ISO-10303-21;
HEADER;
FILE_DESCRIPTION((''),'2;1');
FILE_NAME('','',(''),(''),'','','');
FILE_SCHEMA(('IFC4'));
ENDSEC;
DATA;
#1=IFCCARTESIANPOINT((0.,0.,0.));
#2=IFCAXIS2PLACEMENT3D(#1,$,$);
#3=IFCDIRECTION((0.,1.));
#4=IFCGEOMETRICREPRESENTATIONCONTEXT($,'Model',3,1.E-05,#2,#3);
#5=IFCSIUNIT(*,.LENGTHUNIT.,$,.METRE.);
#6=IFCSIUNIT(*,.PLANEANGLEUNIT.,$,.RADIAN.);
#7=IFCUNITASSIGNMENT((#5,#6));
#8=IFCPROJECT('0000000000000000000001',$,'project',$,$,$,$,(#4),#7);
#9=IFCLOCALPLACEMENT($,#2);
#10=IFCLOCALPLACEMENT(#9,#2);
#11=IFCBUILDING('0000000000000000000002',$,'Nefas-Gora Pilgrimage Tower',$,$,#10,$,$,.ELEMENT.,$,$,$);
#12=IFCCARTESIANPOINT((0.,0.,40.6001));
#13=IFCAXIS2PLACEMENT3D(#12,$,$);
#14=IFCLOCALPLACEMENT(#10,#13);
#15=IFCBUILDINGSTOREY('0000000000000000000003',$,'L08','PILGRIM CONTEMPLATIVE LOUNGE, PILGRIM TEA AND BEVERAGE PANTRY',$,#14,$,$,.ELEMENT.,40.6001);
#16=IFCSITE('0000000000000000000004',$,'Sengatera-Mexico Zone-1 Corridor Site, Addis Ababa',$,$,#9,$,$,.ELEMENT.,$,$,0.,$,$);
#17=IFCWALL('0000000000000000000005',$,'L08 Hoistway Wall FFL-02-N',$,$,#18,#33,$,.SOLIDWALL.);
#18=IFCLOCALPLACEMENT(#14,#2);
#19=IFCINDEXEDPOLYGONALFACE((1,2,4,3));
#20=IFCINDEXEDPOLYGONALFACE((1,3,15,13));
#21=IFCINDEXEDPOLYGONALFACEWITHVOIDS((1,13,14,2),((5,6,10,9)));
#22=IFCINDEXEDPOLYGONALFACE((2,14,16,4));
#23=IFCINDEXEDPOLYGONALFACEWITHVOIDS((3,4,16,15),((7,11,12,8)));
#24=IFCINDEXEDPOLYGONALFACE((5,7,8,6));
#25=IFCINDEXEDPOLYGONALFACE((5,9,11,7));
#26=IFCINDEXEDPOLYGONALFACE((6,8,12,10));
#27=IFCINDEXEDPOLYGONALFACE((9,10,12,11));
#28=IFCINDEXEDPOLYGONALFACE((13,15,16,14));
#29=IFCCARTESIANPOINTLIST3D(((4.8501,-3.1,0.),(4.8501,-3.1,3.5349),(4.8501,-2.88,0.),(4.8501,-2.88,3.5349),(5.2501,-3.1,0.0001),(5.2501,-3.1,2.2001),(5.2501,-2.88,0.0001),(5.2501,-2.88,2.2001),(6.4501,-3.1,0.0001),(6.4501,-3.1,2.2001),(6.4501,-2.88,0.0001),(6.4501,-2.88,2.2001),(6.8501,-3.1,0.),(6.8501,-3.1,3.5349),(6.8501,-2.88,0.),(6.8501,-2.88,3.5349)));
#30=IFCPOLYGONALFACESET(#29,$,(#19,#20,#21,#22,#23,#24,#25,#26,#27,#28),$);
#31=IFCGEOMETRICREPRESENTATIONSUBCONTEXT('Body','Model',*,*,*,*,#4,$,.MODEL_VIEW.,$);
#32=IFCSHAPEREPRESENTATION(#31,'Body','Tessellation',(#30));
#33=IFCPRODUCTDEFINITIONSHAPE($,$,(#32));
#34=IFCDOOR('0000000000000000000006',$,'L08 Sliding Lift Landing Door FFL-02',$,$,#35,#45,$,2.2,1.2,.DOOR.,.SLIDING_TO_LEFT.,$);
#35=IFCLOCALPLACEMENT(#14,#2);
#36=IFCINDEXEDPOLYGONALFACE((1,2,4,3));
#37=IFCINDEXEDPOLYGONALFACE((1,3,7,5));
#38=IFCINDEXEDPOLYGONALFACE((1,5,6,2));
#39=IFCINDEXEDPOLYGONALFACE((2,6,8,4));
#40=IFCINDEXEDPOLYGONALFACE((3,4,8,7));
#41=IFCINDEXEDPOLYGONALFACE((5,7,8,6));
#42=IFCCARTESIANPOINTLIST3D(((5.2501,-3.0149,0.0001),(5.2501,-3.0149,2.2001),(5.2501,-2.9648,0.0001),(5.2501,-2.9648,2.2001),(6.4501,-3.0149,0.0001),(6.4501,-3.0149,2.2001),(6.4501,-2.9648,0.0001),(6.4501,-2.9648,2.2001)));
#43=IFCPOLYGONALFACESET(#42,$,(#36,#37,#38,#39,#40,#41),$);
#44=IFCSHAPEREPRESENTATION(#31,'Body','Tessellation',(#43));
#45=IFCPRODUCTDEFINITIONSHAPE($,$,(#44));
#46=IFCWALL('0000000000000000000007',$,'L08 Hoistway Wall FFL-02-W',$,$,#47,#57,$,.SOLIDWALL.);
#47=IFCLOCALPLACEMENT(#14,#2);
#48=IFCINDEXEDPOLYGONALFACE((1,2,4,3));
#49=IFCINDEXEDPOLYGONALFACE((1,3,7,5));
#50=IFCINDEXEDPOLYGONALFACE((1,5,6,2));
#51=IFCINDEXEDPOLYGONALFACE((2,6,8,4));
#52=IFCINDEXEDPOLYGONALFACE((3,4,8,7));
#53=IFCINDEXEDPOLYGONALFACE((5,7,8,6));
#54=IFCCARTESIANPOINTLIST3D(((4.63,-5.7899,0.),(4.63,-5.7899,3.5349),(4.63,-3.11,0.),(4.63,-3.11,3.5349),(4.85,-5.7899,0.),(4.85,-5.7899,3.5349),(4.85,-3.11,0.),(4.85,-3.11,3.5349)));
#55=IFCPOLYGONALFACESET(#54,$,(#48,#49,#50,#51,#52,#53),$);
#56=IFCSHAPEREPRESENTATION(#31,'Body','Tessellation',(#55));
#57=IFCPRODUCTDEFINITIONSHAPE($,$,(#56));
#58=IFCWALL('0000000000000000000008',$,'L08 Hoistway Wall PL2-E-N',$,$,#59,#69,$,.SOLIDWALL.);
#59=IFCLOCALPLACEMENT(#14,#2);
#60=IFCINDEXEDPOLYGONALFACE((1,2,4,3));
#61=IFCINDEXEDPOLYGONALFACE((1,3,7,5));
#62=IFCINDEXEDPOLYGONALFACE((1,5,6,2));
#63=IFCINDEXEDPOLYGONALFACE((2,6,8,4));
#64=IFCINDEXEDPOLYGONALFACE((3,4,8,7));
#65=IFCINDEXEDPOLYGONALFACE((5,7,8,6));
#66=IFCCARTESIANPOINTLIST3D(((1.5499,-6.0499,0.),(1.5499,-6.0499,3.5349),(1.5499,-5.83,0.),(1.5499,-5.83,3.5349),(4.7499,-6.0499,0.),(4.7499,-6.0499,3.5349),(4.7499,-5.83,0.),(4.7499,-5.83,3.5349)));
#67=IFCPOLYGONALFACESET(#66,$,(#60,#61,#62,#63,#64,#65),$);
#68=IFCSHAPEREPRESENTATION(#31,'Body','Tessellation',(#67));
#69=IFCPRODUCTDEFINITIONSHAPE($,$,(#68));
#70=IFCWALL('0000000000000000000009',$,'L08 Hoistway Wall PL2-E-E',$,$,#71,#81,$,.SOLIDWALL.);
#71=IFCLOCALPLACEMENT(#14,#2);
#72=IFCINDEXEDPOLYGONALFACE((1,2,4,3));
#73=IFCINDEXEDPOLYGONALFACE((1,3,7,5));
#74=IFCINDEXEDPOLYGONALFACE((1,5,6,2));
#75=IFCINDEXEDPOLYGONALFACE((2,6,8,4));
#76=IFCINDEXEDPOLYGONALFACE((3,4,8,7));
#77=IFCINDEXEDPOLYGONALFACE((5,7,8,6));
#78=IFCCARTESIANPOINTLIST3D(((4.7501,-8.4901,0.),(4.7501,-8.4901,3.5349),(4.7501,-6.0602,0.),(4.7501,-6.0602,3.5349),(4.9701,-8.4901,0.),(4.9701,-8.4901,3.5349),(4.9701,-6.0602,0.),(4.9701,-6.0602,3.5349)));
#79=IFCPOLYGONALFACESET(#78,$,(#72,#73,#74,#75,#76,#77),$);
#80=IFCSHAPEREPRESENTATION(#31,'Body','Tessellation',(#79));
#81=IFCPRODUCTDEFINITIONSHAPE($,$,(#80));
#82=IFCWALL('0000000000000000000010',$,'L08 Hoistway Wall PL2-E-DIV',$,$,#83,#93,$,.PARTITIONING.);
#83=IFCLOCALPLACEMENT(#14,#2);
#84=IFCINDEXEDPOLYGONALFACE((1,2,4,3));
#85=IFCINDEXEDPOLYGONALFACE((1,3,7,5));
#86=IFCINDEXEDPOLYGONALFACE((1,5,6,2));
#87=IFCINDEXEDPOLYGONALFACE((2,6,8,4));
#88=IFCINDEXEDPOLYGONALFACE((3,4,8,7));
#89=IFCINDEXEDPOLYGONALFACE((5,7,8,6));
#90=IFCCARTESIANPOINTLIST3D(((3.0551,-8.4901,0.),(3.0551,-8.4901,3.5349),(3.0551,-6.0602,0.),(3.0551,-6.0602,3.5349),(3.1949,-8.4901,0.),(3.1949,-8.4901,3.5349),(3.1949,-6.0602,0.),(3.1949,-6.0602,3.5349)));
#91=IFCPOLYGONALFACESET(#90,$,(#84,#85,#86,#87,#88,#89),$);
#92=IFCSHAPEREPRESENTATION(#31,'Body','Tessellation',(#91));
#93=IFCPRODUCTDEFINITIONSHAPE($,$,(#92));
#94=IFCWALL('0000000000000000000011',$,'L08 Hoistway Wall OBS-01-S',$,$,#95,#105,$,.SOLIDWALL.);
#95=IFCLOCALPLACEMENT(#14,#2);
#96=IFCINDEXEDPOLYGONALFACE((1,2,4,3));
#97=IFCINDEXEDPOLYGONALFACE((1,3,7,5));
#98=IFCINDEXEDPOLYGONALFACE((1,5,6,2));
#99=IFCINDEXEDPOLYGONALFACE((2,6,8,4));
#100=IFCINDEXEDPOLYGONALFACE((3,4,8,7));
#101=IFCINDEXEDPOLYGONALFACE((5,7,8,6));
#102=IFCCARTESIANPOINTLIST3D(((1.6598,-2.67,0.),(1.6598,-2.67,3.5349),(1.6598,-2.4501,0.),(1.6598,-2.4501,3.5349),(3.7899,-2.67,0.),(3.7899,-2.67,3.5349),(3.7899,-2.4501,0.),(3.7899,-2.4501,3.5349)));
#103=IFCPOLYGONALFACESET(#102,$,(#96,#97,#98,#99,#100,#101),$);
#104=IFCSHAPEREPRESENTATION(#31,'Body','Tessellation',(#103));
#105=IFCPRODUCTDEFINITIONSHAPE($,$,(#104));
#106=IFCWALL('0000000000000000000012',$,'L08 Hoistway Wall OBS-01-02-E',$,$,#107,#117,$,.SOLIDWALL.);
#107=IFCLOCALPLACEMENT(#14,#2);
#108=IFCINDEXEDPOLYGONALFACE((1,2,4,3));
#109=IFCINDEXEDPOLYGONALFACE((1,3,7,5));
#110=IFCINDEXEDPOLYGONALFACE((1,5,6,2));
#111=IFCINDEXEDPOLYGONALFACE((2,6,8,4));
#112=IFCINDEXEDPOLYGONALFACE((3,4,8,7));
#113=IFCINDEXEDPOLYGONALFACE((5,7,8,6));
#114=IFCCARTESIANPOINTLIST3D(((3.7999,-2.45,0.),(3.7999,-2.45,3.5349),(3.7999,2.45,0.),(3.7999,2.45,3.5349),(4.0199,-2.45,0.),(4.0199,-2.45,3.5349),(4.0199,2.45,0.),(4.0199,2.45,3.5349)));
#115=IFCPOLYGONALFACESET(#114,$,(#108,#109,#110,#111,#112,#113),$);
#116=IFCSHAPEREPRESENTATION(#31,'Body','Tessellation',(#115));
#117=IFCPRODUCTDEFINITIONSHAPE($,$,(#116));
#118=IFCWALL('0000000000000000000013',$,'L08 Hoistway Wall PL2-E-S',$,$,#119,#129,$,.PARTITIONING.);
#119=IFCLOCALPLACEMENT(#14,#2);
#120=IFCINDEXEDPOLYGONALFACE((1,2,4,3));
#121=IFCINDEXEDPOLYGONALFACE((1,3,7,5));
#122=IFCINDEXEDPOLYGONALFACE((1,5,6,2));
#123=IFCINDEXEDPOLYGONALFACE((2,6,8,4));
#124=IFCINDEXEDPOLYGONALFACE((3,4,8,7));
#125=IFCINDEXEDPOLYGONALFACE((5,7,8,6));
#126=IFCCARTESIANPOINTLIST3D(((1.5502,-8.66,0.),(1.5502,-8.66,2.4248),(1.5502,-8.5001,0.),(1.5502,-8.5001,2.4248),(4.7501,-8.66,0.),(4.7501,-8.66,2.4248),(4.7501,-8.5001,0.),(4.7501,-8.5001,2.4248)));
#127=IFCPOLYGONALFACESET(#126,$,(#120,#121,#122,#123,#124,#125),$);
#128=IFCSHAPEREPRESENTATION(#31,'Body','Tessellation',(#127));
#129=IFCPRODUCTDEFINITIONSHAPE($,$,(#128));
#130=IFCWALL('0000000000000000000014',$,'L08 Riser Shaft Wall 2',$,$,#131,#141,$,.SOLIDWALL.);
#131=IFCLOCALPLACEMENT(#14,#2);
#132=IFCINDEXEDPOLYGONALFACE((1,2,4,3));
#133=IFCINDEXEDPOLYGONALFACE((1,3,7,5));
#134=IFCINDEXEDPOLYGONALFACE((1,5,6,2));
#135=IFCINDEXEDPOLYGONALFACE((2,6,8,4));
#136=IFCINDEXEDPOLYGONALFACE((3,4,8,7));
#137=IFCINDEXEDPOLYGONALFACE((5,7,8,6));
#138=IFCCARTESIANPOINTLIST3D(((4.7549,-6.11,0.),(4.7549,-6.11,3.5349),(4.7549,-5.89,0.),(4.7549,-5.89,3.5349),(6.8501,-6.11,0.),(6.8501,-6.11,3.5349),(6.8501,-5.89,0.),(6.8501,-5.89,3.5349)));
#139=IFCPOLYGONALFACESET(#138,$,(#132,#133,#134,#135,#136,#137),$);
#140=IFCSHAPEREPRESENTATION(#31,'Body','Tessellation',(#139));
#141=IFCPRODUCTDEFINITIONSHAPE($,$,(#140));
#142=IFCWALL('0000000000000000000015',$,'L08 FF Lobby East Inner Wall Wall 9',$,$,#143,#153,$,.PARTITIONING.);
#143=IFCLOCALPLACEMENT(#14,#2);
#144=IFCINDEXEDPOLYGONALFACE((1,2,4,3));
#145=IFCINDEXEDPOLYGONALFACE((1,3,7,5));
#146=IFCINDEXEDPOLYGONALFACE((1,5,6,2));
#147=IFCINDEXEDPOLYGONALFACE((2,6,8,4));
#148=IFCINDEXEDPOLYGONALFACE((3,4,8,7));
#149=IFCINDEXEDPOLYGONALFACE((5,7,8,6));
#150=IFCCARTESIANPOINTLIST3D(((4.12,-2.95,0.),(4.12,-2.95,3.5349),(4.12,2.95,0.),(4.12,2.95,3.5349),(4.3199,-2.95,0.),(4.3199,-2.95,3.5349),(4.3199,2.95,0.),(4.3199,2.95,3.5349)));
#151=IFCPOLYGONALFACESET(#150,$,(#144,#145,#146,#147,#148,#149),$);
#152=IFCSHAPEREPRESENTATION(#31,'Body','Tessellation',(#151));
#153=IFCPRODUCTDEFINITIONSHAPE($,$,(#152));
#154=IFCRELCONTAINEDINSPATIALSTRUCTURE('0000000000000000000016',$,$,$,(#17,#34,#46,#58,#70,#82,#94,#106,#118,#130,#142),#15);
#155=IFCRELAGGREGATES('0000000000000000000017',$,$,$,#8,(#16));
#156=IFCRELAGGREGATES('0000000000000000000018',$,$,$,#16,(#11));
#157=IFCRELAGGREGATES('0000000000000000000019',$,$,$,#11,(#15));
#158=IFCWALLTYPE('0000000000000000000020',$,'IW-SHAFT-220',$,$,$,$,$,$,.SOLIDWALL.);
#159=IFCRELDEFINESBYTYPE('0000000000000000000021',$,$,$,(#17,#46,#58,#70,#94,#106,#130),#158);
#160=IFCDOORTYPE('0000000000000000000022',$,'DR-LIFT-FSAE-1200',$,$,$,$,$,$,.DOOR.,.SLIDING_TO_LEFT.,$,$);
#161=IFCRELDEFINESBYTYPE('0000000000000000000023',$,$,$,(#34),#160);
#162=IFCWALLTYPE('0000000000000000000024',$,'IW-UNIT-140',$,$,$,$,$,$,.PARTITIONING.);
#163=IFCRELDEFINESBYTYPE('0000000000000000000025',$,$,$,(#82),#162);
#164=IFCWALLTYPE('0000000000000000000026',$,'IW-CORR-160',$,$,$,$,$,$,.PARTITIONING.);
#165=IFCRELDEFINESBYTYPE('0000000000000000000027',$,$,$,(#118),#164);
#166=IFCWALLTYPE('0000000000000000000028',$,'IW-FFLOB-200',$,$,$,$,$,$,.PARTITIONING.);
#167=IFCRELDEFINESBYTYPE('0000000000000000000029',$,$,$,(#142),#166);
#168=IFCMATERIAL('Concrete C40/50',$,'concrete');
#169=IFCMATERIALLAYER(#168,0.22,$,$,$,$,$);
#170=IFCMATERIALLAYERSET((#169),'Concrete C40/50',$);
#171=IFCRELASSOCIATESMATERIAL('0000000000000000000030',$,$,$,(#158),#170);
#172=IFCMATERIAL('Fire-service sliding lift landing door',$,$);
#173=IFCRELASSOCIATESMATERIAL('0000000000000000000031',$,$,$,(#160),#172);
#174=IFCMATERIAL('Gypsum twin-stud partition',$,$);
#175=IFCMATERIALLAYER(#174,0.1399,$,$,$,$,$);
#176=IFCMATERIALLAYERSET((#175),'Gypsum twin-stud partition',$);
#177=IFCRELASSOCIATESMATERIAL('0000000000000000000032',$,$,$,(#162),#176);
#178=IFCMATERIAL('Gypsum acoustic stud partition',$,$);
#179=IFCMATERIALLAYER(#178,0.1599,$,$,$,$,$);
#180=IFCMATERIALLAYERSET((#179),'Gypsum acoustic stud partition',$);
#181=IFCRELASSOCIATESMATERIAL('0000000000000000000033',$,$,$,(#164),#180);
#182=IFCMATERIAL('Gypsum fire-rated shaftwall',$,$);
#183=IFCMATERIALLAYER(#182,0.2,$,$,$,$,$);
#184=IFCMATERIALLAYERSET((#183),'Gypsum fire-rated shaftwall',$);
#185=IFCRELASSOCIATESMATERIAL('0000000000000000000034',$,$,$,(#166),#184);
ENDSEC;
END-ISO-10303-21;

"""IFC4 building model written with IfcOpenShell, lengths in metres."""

from ifc_helpers import new_model, si_unit, direction, frame, frame_2d, origin, place, context, subcontext, project, spatial, rectangle, extrude, source, transform, mapped, material, layer, layer_set, type_object, element, fill, save


model = new_model("IFC4")

# Units and contexts
model_context = context("Model", 3, precision=1e-05, world=origin(), true_north=direction((0.0, 1.0)))
body_context = subcontext(model_context, "Body", "Model", "MODEL_VIEW")
ifc_project = project(units=[si_unit("LENGTHUNIT", "METRE"), si_unit("PLANEANGLEUNIT", "RADIAN")], contexts=[model_context])

# Site, building, storey
site_placement = place(None, origin())
site = spatial("IfcSite", under=ifc_project, at=site_placement, Name="Sengatera-Mexico Zone-1 Corridor Site, Addis Ababa", CompositionType="ELEMENT", RefElevation=0.0)
building_placement = place(site_placement, origin())
building = spatial("IfcBuilding", under=site, at=building_placement, Name="Nefas-Gora Pilgrimage Tower", CompositionType="ELEMENT")
storey_placement = place(building_placement, frame((0.0, 0.0, 40.6001)))
storey = spatial("IfcBuildingStorey", under=building, at=storey_placement, Name="L08", Description="PILGRIM CONTEMPLATIVE LOUNGE, PILGRIM TEA AND BEVERAGE PANTRY", CompositionType="ELEMENT", Elevation=40.6001)

# Wall, opening, door
ifc_material_1 = material(Name="Concrete C40/50", Category="concrete")
ifc_layer_1 = layer(ifc_material_1, 0.22)
ifc_layer_set_1 = layer_set([ifc_layer_1], Name="Concrete C40/50")
wall_type_1 = type_object("IfcWallType", Name="IW-SHAFT-220", PredefinedType="SOLIDWALL", material=ifc_layer_set_1)
shared_shape_1 = source(origin(), body_context, "Body", "SweptSolid", [
    extrude(rectangle(XDim=2.0, YDim=0.22, at=frame_2d((1.0, 0.0))), origin(), (0.0, 0.0, 1.0), 3.5349),
])
wall_1_placement = place(storey_placement, frame((6.8501, -2.99, 0.0), z_axis=(0.0, 0.0, 1.0), x_axis=(-1.0, 0.0, 0.0)))
wall_1 = element("IfcWall", 1, at=wall_1_placement, inside=storey, type_object=wall_type_1, Name="L08 Hoistway Wall FFL-02-N", PredefinedType="SOLIDWALL", context=body_context, shape_type="MappedRepresentation", body=[
    mapped(shared_shape_1, transform((0.0, 0.0, 0.0), x_axis=(1.0, 0.0, 0.0), y_axis=(0.0, 1.0, 0.0), z_axis=(0.0, 0.0, 1.0), scale=1.0)),
])
opening_1_placement = place(wall_1_placement, frame((0.3999, 0.0, 0.0)))
opening_1 = element("IfcOpeningElement", 2, at=opening_1_placement, cuts=wall_1, PredefinedType="OPENING", context=body_context, shape_type="SweptSolid", body=[
    extrude(rectangle(XDim=1.2, YDim=2.2, at=frame_2d((0.6001, 1.1001))), frame((0.0, 0.1199, 0.0), z_axis=(0.0, -1.0, 0.0), x_axis=(1.0, 0.0, 0.0)), (0.0, 0.0, 1.0), 0.24),
])
ifc_material_2 = material(Name="Fire-service sliding lift landing door")
door_type_1 = type_object("IfcDoorType", Name="DR-LIFT-FSAE-1200", OperationType="SLIDING_TO_LEFT", PredefinedType="DOOR", material=ifc_material_2)
shared_shape_2 = source(origin(), body_context, "Body", "SweptSolid", [
    extrude(rectangle(XDim=1.2, YDim=2.2, at=frame_2d((0.6001, 1.1001))), frame((0.0, 0.0249, 0.0), z_axis=(0.0, -1.0, 0.0), x_axis=(1.0, 0.0, 0.0)), (0.0, 0.0, 1.0), 0.05),
])
door_1_placement = place(opening_1_placement, origin())
door_1 = element("IfcDoor", 3, at=door_1_placement, inside=storey, type_object=door_type_1, Name="L08 Sliding Lift Landing Door FFL-02", OperationType="SLIDING_TO_LEFT", OverallHeight=2.2, OverallWidth=1.2, PredefinedType="DOOR", context=body_context, shape_type="MappedRepresentation", body=[
    mapped(shared_shape_2, transform((0.0, 0.0, 0.0), x_axis=(1.0, 0.0, 0.0), y_axis=(0.0, 1.0, 0.0), z_axis=(0.0, 0.0, 1.0), scale=1.0)),
])
fill(opening_1, door_1)

# Walls
shared_shape_3 = source(origin(), body_context, "Body", "SweptSolid", [
    extrude(rectangle(XDim=2.6799, YDim=0.22, at=frame_2d((1.3398, 0.0))), origin(), (0.0, 0.0, 1.0), 3.5349),
])
wall_2_placement = place(storey_placement, frame((4.74, -3.1101, 0.0), z_axis=(0.0, 0.0, 1.0), x_axis=(0.0, -1.0, 0.0)))
element("IfcWall", 4, at=wall_2_placement, inside=storey, type_object=wall_type_1, Name="L08 Hoistway Wall FFL-02-W", PredefinedType="SOLIDWALL", context=body_context, shape_type="MappedRepresentation", body=[
    mapped(shared_shape_3, transform((0.0, 0.0, 0.0), x_axis=(1.0, 0.0, 0.0), y_axis=(0.0, 1.0, 0.0), z_axis=(0.0, 0.0, 1.0), scale=1.0)),
])
shared_shape_4 = source(origin(), body_context, "Body", "SweptSolid", [
    extrude(rectangle(XDim=3.2, YDim=0.22, at=frame_2d((1.6001, 0.0))), origin(), (0.0, 0.0, 1.0), 3.5349),
])
wall_3_placement = place(storey_placement, frame((4.75, -5.9399, 0.0), z_axis=(0.0, 0.0, 1.0), x_axis=(-1.0, 0.0, 0.0)))
element("IfcWall", 5, at=wall_3_placement, inside=storey, type_object=wall_type_1, Name="L08 Hoistway Wall PL2-E-N", PredefinedType="SOLIDWALL", context=body_context, shape_type="MappedRepresentation", body=[
    mapped(shared_shape_4, transform((0.0, 0.0, 0.0), x_axis=(1.0, 0.0, 0.0), y_axis=(0.0, 1.0, 0.0), z_axis=(0.0, 0.0, 1.0), scale=1.0)),
])
shared_shape_5 = source(origin(), body_context, "Body", "SweptSolid", [
    extrude(rectangle(XDim=2.4299, YDim=0.22, at=frame_2d((1.2148, 0.0))), origin(), (0.0, 0.0, 1.0), 3.5349),
])
wall_4_placement = place(storey_placement, frame((4.8601, -8.49, 0.0), z_axis=(0.0, 0.0, 1.0), x_axis=(0.0, 1.0, 0.0)))
element("IfcWall", 6, at=wall_4_placement, inside=storey, type_object=wall_type_1, Name="L08 Hoistway Wall PL2-E-E", PredefinedType="SOLIDWALL", context=body_context, shape_type="MappedRepresentation", body=[
    mapped(shared_shape_5, transform((0.0, 0.0, 0.0), x_axis=(1.0, 0.0, 0.0), y_axis=(0.0, 1.0, 0.0), z_axis=(0.0, 0.0, 1.0), scale=1.0)),
])
ifc_material_3 = material(Name="Gypsum twin-stud partition")
ifc_layer_2 = layer(ifc_material_3, 0.1399)
ifc_layer_set_2 = layer_set([ifc_layer_2], Name="Gypsum twin-stud partition")
wall_type_2 = type_object("IfcWallType", Name="IW-UNIT-140", PredefinedType="PARTITIONING", material=ifc_layer_set_2)
shared_shape_6 = source(origin(), body_context, "Body", "SweptSolid", [
    extrude(rectangle(XDim=2.4299, YDim=0.1399, at=frame_2d((1.2148, 0.0))), origin(), (0.0, 0.0, 1.0), 3.5349),
])
wall_5_placement = place(storey_placement, frame((3.125, -8.49, 0.0), z_axis=(0.0, 0.0, 1.0), x_axis=(0.0, 1.0, 0.0)))
element("IfcWall", 7, at=wall_5_placement, inside=storey, type_object=wall_type_2, Name="L08 Hoistway Wall PL2-E-DIV", PredefinedType="PARTITIONING", context=body_context, shape_type="MappedRepresentation", body=[
    mapped(shared_shape_6, transform((0.0, 0.0, 0.0), x_axis=(1.0, 0.0, 0.0), y_axis=(0.0, 1.0, 0.0), z_axis=(0.0, 0.0, 1.0), scale=1.0)),
])
shared_shape_7 = source(origin(), body_context, "Body", "SweptSolid", [
    extrude(rectangle(XDim=2.1301, YDim=0.22, at=frame_2d((1.0649, 0.0))), origin(), (0.0, 0.0, 1.0), 3.5349),
])
wall_6_placement = place(storey_placement, frame((1.6599, -2.5601, 0.0), z_axis=(0.0, 0.0, 1.0), x_axis=(1.0, 0.0, 0.0)))
element("IfcWall", 8, at=wall_6_placement, inside=storey, type_object=wall_type_1, Name="L08 Hoistway Wall OBS-01-S", PredefinedType="SOLIDWALL", context=body_context, shape_type="MappedRepresentation", body=[
    mapped(shared_shape_7, transform((0.0, 0.0, 0.0), x_axis=(1.0, 0.0, 0.0), y_axis=(0.0, 1.0, 0.0), z_axis=(0.0, 0.0, 1.0), scale=1.0)),
])
shared_shape_8 = source(origin(), body_context, "Body", "SweptSolid", [
    extrude(rectangle(XDim=4.8999, YDim=0.22, at=frame_2d((2.45, 0.0))), origin(), (0.0, 0.0, 1.0), 3.5349),
])
wall_7_placement = place(storey_placement, frame((3.9099, -2.45, 0.0), z_axis=(0.0, 0.0, 1.0), x_axis=(0.0, 1.0, 0.0)))
element("IfcWall", 9, at=wall_7_placement, inside=storey, type_object=wall_type_1, Name="L08 Hoistway Wall OBS-01-02-E", PredefinedType="SOLIDWALL", context=body_context, shape_type="MappedRepresentation", body=[
    mapped(shared_shape_8, transform((0.0, 0.0, 0.0), x_axis=(1.0, 0.0, 0.0), y_axis=(0.0, 1.0, 0.0), z_axis=(0.0, 0.0, 1.0), scale=1.0)),
])
ifc_material_4 = material(Name="Gypsum acoustic stud partition")
ifc_layer_3 = layer(ifc_material_4, 0.1599)
ifc_layer_set_3 = layer_set([ifc_layer_3], Name="Gypsum acoustic stud partition")
wall_type_3 = type_object("IfcWallType", Name="IW-CORR-160", PredefinedType="PARTITIONING", material=ifc_layer_set_3)
shared_shape_9 = source(origin(), body_context, "Body", "SweptSolid", [
    extrude(rectangle(XDim=3.2, YDim=0.1599, at=frame_2d((1.6001, 0.0))), origin(), (0.0, 0.0, 1.0), 2.4248),
])
wall_8_placement = place(storey_placement, frame((1.55, -8.5801, 0.0), z_axis=(0.0, 0.0, 1.0), x_axis=(1.0, 0.0, 0.0)))
element("IfcWall", 10, at=wall_8_placement, inside=storey, type_object=wall_type_3, Name="L08 Hoistway Wall PL2-E-S", PredefinedType="PARTITIONING", context=body_context, shape_type="MappedRepresentation", body=[
    mapped(shared_shape_9, transform((0.0, 0.0, 0.0), x_axis=(1.0, 0.0, 0.0), y_axis=(0.0, 1.0, 0.0), z_axis=(0.0, 0.0, 1.0), scale=1.0)),
])
shared_shape_10 = source(origin(), body_context, "Body", "SweptSolid", [
    extrude(rectangle(XDim=2.0952, YDim=0.22, at=frame_2d((1.0476, 0.0))), origin(), (0.0, 0.0, 1.0), 3.5349),
])
wall_9_placement = place(storey_placement, frame((4.7549, -6.0, 0.0), z_axis=(0.0, 0.0, 1.0), x_axis=(1.0, 0.0, 0.0)))
element("IfcWall", 11, at=wall_9_placement, inside=storey, type_object=wall_type_1, Name="L08 Riser Shaft Wall 2", PredefinedType="SOLIDWALL", context=body_context, shape_type="MappedRepresentation", body=[
    mapped(shared_shape_10, transform((0.0, 0.0, 0.0), x_axis=(1.0, 0.0, 0.0), y_axis=(0.0, 1.0, 0.0), z_axis=(0.0, 0.0, 1.0), scale=1.0)),
])
ifc_material_5 = material(Name="Gypsum fire-rated shaftwall")
ifc_layer_4 = layer(ifc_material_5, 0.2)
ifc_layer_set_4 = layer_set([ifc_layer_4], Name="Gypsum fire-rated shaftwall")
wall_type_4 = type_object("IfcWallType", Name="IW-FFLOB-200", PredefinedType="PARTITIONING", material=ifc_layer_set_4)
shared_shape_11 = source(origin(), body_context, "Body", "SweptSolid", [
    extrude(rectangle(XDim=5.8999, YDim=0.2, at=frame_2d((2.95, 0.0))), origin(), (0.0, 0.0, 1.0), 3.5349),
])
wall_10_placement = place(storey_placement, frame((4.22, -2.95, 0.0), z_axis=(0.0, 0.0, 1.0), x_axis=(0.0, 1.0, 0.0)))
element("IfcWall", 12, at=wall_10_placement, inside=storey, type_object=wall_type_4, Name="L08 FF Lobby East Inner Wall Wall 9", PredefinedType="PARTITIONING", context=body_context, shape_type="MappedRepresentation", body=[
    mapped(shared_shape_11, transform((0.0, 0.0, 0.0), x_axis=(1.0, 0.0, 0.0), y_axis=(0.0, 1.0, 0.0), z_axis=(0.0, 0.0, 1.0), scale=1.0)),
])

save(model, "model.ifc")
